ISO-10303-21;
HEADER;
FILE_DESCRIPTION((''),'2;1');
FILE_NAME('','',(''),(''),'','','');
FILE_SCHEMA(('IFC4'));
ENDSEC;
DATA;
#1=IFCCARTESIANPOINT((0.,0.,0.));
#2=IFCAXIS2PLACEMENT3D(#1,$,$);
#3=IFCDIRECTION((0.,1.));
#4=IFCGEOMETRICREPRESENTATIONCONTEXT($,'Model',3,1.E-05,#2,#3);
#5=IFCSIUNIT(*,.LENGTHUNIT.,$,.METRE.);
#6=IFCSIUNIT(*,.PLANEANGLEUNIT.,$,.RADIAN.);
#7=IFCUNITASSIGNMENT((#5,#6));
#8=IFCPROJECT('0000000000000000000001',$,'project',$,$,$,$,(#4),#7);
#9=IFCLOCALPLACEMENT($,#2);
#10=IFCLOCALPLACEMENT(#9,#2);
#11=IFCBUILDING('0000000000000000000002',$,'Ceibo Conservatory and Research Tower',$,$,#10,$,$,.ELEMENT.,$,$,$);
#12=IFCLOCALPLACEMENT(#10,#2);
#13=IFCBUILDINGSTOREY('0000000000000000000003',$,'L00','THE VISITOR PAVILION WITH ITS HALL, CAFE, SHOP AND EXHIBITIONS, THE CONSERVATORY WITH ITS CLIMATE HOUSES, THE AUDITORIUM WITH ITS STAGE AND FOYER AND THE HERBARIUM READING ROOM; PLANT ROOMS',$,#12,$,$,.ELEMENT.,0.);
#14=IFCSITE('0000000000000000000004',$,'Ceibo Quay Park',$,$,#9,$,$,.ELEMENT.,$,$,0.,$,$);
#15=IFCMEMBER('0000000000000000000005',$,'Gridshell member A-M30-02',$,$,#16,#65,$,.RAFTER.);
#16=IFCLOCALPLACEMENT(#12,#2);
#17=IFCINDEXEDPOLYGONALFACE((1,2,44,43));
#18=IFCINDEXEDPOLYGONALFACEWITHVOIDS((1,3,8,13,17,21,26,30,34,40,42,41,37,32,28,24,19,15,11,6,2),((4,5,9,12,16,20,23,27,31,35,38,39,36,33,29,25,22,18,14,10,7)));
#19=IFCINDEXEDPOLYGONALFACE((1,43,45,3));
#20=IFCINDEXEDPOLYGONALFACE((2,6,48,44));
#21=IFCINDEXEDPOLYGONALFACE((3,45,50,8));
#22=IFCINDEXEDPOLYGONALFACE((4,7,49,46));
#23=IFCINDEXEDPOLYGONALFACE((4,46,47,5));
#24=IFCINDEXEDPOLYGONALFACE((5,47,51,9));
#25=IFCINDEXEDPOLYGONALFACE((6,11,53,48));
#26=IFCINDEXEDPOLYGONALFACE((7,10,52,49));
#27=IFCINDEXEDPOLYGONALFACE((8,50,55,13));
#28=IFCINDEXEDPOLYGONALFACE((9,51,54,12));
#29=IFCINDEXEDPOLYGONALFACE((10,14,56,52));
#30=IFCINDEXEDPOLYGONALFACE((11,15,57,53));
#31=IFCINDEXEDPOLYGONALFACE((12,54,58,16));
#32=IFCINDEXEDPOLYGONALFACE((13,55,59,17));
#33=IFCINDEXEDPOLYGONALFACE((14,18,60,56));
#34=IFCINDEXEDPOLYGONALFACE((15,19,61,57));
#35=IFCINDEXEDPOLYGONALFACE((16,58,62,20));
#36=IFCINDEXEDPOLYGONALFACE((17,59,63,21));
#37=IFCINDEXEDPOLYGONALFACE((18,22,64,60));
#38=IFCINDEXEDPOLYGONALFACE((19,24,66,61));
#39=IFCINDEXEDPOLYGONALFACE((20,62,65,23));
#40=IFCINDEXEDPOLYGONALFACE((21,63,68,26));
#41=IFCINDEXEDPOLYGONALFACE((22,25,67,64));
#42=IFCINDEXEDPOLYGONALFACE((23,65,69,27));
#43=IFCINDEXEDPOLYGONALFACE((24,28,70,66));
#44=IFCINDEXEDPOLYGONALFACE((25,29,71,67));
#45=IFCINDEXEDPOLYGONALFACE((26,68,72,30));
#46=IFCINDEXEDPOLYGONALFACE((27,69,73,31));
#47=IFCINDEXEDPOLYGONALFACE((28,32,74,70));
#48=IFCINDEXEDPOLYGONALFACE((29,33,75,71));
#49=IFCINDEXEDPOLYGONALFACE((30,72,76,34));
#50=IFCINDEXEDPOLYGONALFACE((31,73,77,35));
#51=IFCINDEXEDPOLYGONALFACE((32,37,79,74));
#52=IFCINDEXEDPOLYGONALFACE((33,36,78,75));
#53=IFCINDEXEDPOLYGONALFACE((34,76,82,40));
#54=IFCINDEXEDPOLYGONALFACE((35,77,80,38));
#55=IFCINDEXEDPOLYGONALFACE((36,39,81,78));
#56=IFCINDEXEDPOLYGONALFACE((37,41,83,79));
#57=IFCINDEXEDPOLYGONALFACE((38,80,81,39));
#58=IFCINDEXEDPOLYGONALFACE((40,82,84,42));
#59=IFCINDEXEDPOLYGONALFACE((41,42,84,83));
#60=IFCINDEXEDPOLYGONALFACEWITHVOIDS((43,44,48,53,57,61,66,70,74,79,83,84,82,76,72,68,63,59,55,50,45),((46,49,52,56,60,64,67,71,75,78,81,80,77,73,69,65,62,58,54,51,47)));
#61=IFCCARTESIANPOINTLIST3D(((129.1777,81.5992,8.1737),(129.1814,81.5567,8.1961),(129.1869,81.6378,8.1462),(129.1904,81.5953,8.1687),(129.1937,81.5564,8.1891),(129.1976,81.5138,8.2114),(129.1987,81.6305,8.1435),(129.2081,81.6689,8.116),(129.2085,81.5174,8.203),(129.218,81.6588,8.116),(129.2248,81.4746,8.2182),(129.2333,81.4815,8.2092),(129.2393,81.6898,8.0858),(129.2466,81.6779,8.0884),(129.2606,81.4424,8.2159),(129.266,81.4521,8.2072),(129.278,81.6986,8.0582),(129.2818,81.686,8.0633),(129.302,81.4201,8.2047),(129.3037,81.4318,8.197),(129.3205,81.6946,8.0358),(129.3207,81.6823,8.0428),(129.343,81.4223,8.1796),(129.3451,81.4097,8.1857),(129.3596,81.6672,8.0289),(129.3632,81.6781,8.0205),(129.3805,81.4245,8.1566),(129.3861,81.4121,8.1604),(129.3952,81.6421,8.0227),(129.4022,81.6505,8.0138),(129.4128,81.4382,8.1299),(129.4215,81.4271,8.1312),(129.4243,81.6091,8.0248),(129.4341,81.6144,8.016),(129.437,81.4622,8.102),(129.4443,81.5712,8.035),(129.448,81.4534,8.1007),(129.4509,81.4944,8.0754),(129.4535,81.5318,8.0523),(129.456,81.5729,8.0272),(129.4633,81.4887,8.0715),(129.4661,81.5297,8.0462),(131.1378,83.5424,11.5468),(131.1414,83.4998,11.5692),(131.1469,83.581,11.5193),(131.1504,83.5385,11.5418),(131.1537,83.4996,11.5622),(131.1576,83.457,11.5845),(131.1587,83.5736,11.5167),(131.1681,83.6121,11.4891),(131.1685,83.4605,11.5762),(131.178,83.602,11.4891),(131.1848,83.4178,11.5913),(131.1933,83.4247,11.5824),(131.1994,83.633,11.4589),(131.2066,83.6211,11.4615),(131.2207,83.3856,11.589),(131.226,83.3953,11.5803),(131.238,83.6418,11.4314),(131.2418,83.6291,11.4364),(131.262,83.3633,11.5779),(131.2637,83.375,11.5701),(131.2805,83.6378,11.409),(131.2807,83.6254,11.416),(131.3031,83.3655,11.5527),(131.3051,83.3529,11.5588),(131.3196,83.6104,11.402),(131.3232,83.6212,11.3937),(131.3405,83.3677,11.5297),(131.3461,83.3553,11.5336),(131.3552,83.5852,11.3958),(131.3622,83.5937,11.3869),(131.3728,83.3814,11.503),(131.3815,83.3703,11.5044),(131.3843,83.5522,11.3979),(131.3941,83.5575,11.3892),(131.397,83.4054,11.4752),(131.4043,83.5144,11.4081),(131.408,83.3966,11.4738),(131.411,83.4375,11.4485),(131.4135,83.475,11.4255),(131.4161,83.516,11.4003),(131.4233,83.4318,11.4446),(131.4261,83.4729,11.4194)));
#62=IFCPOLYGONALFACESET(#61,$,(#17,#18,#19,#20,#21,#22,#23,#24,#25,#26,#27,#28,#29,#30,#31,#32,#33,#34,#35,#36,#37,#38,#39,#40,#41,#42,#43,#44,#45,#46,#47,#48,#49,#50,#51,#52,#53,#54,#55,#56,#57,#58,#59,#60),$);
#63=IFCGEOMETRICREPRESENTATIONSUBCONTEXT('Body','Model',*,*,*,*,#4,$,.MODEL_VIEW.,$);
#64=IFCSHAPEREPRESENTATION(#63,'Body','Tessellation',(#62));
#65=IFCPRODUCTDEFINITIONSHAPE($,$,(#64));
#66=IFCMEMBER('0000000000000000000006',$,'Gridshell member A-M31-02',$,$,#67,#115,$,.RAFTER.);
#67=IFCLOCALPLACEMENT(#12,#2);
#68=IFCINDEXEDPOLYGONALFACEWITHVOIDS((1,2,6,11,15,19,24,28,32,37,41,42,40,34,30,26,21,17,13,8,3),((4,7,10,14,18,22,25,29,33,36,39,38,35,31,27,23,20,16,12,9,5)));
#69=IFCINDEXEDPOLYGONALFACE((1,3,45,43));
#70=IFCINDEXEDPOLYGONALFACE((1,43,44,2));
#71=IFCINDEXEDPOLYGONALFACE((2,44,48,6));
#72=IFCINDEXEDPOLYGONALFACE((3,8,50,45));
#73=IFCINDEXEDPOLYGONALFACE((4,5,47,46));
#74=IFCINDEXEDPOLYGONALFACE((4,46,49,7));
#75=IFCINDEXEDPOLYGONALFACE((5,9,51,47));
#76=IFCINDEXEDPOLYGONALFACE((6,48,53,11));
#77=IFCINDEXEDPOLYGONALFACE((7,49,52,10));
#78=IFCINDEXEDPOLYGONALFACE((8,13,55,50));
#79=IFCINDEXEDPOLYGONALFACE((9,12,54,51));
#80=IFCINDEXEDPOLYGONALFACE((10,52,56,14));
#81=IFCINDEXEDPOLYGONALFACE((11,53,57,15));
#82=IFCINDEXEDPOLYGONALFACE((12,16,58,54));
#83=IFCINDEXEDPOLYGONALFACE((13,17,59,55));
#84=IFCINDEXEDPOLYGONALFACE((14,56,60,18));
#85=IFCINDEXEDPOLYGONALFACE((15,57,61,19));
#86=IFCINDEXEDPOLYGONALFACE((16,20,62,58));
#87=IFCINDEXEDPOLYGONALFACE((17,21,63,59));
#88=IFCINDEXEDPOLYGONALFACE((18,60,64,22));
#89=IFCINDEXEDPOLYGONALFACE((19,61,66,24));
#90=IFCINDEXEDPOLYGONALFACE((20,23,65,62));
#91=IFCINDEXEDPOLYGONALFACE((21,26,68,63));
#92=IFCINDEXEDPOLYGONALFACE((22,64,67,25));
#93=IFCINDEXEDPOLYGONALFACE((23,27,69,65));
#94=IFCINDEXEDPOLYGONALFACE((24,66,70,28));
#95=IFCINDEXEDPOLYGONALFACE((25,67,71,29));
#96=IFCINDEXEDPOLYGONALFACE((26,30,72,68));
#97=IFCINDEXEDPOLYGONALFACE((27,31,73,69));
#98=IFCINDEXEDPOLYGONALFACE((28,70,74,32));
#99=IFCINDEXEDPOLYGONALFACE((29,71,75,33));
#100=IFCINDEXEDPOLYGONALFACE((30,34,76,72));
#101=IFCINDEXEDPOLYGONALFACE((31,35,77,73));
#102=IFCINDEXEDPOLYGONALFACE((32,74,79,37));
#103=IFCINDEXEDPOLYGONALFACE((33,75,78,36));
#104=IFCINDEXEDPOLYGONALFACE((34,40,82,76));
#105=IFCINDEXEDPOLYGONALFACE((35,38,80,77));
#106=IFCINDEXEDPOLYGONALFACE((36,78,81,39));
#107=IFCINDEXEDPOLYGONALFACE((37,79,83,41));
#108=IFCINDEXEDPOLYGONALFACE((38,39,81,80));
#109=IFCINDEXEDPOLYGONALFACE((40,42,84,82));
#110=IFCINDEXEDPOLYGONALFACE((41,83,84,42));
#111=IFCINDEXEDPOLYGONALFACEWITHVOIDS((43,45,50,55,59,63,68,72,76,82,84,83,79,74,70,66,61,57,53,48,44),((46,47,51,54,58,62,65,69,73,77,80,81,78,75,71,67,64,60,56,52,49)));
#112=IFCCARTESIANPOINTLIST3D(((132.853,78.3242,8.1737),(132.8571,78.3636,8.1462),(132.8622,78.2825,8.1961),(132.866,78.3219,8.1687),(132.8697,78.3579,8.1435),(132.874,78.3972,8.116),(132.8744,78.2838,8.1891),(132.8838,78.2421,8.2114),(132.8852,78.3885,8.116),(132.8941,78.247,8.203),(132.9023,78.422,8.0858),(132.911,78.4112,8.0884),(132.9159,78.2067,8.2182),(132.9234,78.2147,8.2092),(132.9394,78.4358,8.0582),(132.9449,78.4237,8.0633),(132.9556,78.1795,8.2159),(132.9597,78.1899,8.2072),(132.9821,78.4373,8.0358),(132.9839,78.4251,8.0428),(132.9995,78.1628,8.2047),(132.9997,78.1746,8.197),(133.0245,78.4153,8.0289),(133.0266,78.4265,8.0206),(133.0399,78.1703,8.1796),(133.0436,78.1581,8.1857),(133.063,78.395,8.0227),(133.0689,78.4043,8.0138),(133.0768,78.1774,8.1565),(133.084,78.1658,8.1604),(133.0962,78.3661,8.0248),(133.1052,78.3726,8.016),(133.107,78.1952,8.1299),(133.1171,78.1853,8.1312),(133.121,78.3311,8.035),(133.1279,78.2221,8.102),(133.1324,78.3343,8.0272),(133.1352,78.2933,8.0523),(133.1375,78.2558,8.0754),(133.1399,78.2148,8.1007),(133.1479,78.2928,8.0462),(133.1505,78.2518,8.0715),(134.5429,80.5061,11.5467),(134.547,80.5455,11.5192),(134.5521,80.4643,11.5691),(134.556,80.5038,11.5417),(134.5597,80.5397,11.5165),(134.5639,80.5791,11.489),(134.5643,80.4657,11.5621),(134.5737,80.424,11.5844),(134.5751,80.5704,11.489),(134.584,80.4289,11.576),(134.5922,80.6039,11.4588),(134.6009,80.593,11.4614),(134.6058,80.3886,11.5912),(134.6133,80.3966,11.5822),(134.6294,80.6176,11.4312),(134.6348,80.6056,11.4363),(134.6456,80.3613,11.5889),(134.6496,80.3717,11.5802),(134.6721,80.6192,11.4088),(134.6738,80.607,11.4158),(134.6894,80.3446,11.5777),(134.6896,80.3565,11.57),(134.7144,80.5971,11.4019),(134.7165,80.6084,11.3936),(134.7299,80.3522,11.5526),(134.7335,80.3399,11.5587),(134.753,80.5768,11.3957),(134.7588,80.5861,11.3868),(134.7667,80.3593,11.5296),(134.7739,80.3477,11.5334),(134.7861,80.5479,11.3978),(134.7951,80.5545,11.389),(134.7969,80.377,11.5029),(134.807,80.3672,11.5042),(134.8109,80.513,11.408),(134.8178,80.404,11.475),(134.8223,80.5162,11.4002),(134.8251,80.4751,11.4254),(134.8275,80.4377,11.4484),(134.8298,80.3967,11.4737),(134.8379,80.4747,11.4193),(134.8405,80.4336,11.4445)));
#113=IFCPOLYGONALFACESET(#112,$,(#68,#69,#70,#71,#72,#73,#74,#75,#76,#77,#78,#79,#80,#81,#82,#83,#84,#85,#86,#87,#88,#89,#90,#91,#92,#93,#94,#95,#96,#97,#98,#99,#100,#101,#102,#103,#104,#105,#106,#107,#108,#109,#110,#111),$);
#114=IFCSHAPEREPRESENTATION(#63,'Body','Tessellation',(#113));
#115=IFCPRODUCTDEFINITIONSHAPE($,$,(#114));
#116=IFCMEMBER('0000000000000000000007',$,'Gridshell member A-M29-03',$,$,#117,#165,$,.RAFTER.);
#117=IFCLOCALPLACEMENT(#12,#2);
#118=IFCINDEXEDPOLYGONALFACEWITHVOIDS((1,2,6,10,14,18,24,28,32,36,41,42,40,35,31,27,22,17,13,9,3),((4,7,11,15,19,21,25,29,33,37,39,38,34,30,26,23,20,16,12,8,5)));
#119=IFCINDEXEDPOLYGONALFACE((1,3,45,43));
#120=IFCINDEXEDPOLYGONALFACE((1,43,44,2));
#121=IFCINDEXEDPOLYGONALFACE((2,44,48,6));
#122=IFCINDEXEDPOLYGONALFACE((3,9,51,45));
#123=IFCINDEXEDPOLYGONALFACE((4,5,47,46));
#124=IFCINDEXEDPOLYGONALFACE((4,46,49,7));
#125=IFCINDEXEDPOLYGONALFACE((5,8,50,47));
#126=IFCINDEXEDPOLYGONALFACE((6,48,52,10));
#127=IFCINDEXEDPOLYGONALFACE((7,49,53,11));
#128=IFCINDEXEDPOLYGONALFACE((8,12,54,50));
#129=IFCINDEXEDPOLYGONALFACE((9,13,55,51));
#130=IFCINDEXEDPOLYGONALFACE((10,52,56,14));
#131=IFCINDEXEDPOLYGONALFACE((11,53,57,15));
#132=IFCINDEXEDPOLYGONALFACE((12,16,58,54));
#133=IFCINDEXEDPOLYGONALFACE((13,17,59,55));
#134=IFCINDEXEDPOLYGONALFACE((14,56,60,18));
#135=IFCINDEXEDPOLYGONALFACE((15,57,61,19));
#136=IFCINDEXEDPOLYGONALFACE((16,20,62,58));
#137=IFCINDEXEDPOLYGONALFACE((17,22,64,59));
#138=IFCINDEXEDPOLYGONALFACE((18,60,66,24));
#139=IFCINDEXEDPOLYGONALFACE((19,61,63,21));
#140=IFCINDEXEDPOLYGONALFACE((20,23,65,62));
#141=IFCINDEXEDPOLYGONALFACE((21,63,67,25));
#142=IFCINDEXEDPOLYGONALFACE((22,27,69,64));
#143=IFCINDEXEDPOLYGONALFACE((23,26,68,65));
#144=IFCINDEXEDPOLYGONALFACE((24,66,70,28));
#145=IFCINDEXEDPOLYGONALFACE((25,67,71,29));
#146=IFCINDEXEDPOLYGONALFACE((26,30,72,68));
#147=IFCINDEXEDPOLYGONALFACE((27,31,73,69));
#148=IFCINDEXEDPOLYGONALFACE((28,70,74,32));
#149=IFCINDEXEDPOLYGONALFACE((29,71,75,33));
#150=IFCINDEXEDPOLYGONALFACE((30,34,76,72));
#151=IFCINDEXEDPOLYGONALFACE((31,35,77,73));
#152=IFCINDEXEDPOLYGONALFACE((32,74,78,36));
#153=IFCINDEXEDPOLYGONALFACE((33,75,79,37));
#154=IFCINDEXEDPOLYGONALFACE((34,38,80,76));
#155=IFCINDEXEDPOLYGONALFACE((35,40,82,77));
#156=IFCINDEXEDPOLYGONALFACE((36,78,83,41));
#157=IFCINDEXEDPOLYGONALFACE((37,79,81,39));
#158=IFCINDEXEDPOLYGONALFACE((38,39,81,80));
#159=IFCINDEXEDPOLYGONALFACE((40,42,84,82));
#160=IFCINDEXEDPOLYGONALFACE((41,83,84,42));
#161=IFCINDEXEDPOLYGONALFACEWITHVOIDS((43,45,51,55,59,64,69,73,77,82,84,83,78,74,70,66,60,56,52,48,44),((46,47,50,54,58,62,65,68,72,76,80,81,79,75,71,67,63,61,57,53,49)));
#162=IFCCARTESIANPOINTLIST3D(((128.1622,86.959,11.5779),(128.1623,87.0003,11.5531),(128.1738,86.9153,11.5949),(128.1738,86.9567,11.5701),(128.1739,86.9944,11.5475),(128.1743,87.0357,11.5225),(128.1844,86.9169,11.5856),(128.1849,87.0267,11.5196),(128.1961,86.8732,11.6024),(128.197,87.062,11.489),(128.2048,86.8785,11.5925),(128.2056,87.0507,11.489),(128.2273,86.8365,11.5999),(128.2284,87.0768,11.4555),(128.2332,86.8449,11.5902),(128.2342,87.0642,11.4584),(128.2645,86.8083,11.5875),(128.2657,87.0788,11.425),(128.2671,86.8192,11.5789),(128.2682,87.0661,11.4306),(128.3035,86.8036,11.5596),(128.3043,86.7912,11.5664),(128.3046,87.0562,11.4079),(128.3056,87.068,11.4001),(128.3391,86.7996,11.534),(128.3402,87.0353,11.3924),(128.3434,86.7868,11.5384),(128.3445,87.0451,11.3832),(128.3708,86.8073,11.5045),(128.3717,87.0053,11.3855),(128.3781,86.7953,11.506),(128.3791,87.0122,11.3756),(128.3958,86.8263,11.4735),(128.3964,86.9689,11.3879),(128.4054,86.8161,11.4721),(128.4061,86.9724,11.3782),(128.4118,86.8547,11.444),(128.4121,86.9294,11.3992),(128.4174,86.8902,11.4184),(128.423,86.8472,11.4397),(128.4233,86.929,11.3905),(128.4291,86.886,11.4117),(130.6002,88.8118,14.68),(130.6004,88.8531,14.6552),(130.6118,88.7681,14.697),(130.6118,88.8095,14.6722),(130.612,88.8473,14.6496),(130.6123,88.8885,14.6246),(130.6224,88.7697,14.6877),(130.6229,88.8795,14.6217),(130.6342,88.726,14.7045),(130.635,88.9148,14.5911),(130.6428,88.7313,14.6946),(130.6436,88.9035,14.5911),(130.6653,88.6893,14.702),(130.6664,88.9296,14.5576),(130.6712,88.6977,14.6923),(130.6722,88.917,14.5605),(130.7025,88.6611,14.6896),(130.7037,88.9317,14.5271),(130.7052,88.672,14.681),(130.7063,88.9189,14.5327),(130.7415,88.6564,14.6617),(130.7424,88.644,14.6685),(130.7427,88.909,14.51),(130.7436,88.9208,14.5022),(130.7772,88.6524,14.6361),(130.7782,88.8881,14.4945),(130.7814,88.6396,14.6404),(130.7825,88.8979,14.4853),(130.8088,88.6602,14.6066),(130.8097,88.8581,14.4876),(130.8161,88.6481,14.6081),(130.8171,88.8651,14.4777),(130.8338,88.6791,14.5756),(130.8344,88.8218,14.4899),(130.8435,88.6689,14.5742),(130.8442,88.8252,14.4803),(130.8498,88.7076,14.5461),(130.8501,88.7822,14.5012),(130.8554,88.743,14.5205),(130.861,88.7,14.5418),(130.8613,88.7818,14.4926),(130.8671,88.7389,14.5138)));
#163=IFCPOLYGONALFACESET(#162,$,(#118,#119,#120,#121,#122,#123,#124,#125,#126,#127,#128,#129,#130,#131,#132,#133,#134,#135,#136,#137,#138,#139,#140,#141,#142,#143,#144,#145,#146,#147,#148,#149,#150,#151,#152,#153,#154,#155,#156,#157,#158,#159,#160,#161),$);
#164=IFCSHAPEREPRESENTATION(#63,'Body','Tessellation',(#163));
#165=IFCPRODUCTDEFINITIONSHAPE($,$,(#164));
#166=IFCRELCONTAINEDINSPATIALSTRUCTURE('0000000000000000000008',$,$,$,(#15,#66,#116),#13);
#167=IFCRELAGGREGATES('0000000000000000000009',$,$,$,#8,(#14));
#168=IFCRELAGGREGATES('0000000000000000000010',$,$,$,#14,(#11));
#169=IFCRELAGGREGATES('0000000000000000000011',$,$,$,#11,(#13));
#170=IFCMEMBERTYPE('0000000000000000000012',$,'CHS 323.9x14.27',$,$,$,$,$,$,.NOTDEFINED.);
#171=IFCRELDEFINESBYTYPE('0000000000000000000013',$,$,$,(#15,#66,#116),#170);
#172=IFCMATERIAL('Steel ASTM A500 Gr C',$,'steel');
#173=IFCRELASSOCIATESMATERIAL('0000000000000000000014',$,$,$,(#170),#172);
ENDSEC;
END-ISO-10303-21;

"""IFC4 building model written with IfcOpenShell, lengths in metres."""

from ifc_helpers import new_model, si_unit, direction, frame, origin, origin_2d, place, context, subcontext, project, spatial, hollow_circle, extrude, material, material_profile, profile_set, type_object, element, save


model = new_model("IFC4")

# Units and contexts
model_context = context("Model", 3, precision=1e-05, world=origin(), true_north=direction((0.0, 1.0)))
body_context = subcontext(model_context, "Body", "Model", "MODEL_VIEW")
ifc_project = project(units=[si_unit("LENGTHUNIT", "METRE"), si_unit("PLANEANGLEUNIT", "RADIAN")], contexts=[model_context])

# Site, building, storey
site_placement = place(None, origin())
site = spatial("IfcSite", under=ifc_project, at=site_placement, Name="Ceibo Quay Park", CompositionType="ELEMENT", RefElevation=0.0)
building_placement = place(site_placement, origin())
building = spatial("IfcBuilding", under=site, at=building_placement, Name="Ceibo Conservatory and Research Tower", CompositionType="ELEMENT")
storey_placement = place(building_placement, origin())
storey = spatial("IfcBuildingStorey", under=building, at=storey_placement, Name="L00", Description="THE VISITOR PAVILION WITH ITS HALL, CAFE, SHOP AND EXHIBITIONS, THE CONSERVATORY WITH ITS CLIMATE HOUSES, THE AUDITORIUM WITH ITS STAGE AND FOYER AND THE HERBARIUM READING ROOM; PLANT ROOMS", CompositionType="ELEMENT", Elevation=0.0)

# Members
ifc_material_1 = material(Name="Steel ASTM A500 Gr C", Category="steel")
ifc_material_profile_1 = material_profile(ifc_material_1, hollow_circle(Radius=0.1619, WallThickness=0.0142, at=origin_2d()), Name="CHS 323.9x14.27")
ifc_profile_set_1 = profile_set([ifc_material_profile_1], Name="Steel ASTM A500 Gr C")
member_type_1 = type_object("IfcMemberType", Name="CHS 323.9x14.27", PredefinedType="NOTDEFINED", material=ifc_profile_set_1)
member_1_placement = place(storey_placement, frame((129.322, 81.554, 8.116), z_axis=(0.44971, 0.445845, 0.77394), x_axis=(-0.704048, 0.710152, 0.0)))
element("IfcMember", 1, at=member_1_placement, inside=storey, type_object=member_type_1, Name="Gridshell member A-M30-02", PredefinedType="RAFTER", context=body_context, shape_type="SweptSolid", body=[
    extrude(hollow_circle(Radius=0.1619, WallThickness=0.0142, at=origin_2d()), origin(), (0.0, 0.0, 1.0), 4.3584),
])
member_2_placement = place(storey_placement, frame((133.002, 78.2981, 8.116), z_axis=(0.387761, 0.500638, 0.773953), x_axis=(-0.790594, 0.612341, 0.0)))
element("IfcMember", 2, at=member_2_placement, inside=storey, type_object=member_type_1, Name="Gridshell member A-M31-02", PredefinedType="RAFTER", context=body_context, shape_type="SweptSolid", body=[
    extrude(hollow_circle(Radius=0.1619, WallThickness=0.0142, at=origin_2d()), origin(), (0.0, 0.0, 1.0), 4.3582),
])
member_3_placement = place(storey_placement, frame((128.2949, 86.9331, 11.489), z_axis=(0.559323, 0.425065, 0.711672), x_axis=(-0.605065, 0.796176, 0.0)))
element("IfcMember", 3, at=member_3_placement, inside=storey, type_object=member_type_1, Name="Gridshell member A-M29-03", PredefinedType="RAFTER", context=body_context, shape_type="SweptSolid", body=[
    extrude(hollow_circle(Radius=0.1619, WallThickness=0.0142, at=origin_2d()), origin(), (0.0, 0.0, 1.0), 4.3589),
])

save(model, "model.ifc")
